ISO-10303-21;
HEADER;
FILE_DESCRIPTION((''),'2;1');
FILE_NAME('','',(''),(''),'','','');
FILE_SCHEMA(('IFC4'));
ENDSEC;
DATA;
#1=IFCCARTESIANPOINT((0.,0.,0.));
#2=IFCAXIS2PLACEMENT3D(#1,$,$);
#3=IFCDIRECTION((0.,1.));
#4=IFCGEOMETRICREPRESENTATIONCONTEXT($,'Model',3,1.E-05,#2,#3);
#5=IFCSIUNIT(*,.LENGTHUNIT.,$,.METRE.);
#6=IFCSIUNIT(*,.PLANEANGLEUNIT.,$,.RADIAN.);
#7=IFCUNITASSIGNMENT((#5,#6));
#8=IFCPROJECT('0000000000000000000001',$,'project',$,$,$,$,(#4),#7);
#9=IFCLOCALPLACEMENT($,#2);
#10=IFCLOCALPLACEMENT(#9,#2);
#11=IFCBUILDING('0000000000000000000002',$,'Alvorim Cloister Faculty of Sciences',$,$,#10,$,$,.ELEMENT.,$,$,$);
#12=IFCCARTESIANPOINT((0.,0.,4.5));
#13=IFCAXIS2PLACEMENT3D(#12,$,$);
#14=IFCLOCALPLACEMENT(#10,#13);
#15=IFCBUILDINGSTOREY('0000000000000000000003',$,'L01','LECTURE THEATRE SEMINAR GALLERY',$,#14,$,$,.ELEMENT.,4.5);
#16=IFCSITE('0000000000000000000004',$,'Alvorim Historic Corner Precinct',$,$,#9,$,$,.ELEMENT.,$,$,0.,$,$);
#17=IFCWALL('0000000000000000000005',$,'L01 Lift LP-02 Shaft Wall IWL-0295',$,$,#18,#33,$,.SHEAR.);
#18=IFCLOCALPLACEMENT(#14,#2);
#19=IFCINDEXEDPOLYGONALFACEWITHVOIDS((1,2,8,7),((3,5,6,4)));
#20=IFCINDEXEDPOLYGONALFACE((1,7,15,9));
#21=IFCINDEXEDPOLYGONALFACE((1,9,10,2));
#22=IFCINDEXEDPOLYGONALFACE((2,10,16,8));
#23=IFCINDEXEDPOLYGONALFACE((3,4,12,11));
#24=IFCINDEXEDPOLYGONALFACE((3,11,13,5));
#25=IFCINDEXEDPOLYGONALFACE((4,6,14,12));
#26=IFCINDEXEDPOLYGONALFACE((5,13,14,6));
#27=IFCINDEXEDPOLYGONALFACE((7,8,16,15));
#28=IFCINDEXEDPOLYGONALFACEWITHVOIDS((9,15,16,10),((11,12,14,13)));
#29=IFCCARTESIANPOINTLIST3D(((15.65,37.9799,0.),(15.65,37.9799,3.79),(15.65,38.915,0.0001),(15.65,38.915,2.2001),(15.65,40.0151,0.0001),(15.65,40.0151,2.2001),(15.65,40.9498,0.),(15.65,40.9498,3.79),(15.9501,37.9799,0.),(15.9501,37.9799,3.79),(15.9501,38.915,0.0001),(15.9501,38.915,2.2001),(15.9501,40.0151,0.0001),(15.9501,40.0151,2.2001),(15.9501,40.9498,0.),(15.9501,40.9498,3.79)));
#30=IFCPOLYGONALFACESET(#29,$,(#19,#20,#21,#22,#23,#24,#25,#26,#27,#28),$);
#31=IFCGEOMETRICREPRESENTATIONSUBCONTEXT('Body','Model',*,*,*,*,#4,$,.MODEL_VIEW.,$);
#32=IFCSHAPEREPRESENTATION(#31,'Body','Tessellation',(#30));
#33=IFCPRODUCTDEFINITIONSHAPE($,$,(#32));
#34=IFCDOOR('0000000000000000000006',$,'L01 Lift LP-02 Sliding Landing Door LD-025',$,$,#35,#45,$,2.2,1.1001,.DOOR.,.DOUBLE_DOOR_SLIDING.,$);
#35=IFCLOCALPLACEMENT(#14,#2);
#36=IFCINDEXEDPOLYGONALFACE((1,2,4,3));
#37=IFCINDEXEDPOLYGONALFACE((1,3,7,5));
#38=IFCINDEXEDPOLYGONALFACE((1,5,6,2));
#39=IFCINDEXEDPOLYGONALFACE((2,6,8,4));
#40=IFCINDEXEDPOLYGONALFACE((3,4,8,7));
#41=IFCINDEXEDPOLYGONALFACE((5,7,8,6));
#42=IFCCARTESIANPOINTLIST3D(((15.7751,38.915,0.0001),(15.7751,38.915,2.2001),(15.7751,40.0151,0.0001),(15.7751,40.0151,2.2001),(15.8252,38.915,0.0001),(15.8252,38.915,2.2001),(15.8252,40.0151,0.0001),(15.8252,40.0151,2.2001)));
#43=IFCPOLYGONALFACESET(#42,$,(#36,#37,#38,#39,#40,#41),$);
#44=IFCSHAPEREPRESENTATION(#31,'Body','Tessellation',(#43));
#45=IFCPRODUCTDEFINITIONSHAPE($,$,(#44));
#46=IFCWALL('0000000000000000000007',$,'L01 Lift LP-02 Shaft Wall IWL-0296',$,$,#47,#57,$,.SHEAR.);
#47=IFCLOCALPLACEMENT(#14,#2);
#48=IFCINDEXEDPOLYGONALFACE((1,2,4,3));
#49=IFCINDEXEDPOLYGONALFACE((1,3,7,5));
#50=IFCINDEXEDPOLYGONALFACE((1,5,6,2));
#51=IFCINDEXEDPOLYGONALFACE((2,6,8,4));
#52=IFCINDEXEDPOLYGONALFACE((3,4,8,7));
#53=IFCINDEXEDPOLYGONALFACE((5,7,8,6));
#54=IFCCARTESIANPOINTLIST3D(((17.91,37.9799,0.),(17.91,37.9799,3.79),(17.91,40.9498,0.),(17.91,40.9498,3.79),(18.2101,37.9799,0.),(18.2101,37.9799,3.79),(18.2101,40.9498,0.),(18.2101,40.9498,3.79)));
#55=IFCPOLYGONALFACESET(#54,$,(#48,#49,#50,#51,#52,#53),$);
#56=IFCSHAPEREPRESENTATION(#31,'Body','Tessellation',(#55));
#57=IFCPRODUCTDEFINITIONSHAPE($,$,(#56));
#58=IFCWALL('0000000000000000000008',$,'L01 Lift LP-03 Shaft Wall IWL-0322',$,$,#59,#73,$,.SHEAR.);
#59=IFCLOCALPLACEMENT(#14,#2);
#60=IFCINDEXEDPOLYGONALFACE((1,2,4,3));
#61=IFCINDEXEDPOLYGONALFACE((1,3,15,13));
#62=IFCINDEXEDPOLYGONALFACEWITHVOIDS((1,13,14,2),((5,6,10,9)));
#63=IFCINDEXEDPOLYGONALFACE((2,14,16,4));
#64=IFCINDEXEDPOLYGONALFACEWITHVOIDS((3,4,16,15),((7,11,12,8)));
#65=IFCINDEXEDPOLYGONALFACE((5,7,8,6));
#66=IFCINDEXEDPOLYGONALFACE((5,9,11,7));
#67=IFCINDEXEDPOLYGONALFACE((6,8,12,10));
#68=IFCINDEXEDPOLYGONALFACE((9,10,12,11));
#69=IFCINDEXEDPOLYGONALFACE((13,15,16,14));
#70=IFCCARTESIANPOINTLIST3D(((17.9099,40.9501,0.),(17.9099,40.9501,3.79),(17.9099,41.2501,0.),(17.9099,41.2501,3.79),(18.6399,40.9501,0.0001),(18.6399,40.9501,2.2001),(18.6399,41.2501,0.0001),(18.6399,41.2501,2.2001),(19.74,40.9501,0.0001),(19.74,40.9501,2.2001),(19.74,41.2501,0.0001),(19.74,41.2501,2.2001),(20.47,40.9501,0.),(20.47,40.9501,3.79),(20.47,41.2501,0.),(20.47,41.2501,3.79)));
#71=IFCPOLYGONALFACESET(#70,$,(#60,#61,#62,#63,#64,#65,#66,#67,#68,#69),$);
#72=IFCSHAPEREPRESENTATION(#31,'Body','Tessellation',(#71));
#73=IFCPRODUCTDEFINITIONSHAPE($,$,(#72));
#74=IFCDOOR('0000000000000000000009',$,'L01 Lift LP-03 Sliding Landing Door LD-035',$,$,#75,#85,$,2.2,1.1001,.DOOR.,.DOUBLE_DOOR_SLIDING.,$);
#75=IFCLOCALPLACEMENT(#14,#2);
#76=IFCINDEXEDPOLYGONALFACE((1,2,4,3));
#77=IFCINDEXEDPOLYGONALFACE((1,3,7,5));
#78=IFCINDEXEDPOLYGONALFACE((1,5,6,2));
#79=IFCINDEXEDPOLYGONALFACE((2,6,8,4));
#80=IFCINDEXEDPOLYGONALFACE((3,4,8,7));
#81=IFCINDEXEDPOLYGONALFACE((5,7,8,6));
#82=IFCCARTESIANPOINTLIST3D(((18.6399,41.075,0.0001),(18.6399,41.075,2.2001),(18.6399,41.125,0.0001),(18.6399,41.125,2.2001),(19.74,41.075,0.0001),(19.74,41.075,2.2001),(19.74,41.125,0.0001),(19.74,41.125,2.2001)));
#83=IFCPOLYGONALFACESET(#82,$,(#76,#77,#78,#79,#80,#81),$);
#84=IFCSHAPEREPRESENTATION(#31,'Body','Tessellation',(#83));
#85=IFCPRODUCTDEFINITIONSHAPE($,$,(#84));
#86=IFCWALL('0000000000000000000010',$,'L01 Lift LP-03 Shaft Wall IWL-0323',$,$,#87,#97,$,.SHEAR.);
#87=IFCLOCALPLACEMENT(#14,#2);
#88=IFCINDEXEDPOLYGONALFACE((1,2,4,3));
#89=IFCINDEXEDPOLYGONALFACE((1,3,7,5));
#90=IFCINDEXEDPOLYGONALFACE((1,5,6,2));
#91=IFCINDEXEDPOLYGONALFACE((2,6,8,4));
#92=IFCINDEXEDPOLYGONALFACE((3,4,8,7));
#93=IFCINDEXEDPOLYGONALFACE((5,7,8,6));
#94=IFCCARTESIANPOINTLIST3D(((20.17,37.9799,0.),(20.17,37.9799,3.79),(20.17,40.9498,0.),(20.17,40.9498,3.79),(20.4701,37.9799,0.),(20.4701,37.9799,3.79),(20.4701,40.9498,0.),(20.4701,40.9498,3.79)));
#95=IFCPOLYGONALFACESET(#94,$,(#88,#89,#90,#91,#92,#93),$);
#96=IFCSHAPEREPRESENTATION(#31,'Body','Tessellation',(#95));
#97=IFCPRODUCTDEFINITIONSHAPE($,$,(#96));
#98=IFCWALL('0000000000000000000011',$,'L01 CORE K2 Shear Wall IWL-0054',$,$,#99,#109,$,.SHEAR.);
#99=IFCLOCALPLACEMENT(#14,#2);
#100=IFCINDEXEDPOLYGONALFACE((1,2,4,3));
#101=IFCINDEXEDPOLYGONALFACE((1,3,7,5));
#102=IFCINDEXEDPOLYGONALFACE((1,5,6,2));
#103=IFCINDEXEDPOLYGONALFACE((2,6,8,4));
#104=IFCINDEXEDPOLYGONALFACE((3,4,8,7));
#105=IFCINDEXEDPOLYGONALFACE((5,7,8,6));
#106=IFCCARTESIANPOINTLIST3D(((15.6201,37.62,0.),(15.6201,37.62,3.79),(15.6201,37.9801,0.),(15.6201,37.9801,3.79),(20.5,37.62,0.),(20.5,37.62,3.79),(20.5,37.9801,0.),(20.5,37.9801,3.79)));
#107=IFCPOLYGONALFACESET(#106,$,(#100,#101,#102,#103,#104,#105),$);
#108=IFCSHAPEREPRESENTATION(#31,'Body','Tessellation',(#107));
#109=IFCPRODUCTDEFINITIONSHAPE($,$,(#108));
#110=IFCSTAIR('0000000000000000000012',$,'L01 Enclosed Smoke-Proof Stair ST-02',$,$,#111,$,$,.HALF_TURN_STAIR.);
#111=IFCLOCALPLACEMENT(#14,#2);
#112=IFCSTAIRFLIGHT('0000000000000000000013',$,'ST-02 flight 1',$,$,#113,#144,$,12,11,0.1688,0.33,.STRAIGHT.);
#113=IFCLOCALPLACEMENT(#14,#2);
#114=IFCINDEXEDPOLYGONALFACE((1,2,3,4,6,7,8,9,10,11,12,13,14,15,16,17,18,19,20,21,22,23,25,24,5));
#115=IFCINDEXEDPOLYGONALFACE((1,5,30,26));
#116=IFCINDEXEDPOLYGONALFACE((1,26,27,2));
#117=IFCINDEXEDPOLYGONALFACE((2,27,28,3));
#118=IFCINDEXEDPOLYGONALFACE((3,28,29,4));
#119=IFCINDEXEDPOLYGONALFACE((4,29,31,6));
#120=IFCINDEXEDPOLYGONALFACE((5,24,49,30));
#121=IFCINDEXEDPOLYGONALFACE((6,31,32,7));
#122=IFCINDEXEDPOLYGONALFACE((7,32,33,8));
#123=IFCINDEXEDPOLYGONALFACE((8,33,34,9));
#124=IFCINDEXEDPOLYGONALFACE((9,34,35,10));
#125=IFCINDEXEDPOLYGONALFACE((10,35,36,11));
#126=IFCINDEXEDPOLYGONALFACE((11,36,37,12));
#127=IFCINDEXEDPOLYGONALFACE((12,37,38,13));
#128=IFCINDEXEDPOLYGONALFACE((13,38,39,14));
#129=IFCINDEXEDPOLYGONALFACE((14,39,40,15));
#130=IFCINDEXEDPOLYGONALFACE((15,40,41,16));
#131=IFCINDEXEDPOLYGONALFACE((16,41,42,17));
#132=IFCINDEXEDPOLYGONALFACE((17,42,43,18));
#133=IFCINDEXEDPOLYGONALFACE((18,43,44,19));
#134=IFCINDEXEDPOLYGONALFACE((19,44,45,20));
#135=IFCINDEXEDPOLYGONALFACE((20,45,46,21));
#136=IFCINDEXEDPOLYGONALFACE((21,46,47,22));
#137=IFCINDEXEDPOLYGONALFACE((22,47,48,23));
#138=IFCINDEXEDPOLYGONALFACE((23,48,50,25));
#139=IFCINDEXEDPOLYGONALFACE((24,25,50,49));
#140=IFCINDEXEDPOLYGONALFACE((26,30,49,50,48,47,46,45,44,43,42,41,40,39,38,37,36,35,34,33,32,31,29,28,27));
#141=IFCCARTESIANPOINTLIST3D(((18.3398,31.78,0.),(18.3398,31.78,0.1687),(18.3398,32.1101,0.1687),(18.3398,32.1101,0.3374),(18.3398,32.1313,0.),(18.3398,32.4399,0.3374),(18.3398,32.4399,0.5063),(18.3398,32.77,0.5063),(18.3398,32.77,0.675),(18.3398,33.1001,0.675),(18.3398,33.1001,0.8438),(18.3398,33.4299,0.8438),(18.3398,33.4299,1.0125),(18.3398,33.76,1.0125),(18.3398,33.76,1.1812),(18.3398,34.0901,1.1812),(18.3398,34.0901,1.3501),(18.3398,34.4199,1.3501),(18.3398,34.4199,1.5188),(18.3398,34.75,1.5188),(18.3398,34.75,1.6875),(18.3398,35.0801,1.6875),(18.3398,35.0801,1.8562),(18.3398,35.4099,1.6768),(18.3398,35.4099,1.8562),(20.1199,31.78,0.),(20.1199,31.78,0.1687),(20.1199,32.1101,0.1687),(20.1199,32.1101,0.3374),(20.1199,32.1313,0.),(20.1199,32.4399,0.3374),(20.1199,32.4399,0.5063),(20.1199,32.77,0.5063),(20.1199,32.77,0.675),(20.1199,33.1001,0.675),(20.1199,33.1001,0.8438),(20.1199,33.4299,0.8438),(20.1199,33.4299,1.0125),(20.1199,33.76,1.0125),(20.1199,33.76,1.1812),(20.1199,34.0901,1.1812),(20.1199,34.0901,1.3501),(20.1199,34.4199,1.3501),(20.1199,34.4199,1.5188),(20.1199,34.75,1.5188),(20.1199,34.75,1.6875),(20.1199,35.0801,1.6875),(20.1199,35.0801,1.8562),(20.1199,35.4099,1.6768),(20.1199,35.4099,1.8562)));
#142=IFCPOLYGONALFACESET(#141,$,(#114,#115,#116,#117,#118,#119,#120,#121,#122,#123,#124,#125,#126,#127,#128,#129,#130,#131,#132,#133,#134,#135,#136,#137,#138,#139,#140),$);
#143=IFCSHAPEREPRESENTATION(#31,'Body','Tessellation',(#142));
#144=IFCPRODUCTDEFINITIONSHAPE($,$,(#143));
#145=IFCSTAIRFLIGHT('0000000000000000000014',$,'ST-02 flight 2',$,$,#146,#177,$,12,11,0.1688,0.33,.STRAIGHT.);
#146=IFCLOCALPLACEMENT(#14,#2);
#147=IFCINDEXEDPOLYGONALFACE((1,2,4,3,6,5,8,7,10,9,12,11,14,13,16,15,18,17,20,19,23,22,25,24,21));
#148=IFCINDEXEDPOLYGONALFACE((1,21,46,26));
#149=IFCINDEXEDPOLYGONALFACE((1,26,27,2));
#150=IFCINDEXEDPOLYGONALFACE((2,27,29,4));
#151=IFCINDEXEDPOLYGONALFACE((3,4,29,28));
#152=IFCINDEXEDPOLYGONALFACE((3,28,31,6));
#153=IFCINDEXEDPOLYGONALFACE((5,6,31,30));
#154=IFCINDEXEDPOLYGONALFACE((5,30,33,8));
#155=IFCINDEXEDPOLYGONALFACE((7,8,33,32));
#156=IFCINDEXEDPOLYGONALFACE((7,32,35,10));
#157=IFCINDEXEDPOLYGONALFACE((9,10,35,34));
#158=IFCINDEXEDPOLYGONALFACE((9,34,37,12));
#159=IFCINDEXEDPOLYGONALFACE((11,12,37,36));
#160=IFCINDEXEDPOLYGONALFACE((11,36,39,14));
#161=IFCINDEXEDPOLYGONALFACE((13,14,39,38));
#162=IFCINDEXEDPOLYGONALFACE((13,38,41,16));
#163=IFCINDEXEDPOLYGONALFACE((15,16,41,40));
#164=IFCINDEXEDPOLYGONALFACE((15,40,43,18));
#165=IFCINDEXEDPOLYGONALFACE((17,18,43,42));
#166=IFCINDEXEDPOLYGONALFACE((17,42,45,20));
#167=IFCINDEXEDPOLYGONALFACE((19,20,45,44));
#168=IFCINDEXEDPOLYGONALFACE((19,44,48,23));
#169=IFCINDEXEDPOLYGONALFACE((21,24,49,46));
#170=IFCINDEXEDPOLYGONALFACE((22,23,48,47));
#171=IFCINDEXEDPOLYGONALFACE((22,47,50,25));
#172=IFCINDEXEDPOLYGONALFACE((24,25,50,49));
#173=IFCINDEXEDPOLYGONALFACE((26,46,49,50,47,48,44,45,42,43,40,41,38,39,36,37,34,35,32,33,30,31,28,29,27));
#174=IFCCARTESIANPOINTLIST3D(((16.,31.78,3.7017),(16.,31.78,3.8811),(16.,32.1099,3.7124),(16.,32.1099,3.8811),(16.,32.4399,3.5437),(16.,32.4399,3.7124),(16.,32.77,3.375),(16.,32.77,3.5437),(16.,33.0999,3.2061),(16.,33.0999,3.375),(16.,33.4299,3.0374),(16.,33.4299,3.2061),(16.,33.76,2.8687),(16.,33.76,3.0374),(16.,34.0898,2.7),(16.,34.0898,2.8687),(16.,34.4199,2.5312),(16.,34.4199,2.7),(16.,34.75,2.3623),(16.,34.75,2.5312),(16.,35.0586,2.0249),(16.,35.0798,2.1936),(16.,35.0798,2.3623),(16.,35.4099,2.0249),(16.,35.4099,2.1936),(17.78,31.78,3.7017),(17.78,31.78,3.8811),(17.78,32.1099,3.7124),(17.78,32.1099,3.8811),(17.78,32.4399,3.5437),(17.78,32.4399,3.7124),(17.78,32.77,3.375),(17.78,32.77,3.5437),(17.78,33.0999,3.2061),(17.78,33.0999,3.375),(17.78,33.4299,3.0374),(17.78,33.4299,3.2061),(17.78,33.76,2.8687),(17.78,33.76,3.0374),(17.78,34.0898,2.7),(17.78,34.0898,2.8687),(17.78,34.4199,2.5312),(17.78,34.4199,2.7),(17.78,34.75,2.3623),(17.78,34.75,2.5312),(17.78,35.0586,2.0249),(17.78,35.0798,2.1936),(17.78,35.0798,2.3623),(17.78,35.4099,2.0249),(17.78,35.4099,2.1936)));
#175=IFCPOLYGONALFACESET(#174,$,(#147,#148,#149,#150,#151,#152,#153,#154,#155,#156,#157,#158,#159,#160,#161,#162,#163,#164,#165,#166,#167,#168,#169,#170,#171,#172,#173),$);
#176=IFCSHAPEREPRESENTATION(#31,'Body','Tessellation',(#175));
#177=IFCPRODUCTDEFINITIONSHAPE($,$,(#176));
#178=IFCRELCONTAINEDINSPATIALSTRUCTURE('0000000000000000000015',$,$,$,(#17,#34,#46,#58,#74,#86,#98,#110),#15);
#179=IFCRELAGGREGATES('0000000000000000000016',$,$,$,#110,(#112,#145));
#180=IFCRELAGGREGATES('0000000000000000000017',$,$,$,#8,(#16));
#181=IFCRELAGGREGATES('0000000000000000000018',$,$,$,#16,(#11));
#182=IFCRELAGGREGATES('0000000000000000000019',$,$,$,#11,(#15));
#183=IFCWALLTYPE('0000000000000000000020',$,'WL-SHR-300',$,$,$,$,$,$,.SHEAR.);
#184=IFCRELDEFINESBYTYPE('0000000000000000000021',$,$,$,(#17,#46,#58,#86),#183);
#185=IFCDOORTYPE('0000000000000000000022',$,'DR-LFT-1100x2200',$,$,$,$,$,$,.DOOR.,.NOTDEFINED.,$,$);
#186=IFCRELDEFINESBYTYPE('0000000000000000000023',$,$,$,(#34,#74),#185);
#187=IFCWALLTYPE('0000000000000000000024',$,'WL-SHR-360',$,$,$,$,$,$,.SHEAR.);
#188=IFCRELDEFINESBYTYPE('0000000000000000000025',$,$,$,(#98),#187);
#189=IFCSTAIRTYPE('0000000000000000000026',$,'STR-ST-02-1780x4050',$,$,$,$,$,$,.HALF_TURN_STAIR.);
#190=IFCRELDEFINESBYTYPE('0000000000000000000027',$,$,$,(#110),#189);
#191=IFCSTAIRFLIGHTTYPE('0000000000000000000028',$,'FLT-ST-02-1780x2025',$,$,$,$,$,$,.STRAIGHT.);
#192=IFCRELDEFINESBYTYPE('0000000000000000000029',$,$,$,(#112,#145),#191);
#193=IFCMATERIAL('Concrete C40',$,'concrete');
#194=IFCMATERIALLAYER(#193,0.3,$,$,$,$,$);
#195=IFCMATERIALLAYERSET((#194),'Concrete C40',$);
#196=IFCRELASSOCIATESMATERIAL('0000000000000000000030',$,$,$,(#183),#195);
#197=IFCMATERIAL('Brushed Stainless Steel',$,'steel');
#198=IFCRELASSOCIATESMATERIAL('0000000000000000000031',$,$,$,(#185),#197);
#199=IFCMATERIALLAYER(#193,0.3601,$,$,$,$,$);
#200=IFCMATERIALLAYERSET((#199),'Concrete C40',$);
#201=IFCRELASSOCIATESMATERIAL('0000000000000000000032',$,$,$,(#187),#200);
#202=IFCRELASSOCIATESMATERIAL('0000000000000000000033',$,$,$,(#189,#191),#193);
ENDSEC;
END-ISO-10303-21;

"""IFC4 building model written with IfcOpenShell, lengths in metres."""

from ifc_helpers import new_model, si_unit, direction, frame, frame_2d, origin, place, context, subcontext, project, spatial, polyline, rectangle, outline, extrude, material, layer, layer_set, type_object, element, fill, aggregate, save


model = new_model("IFC4")

# Units and contexts
model_context = context("Model", 3, precision=1e-05, world=origin(), true_north=direction((0.0, 1.0)))
body_context = subcontext(model_context, "Body", "Model", "MODEL_VIEW")
ifc_project = project(units=[si_unit("LENGTHUNIT", "METRE"), si_unit("PLANEANGLEUNIT", "RADIAN")], contexts=[model_context])

# Site, building, storey
site_placement = place(None, origin())
site = spatial("IfcSite", under=ifc_project, at=site_placement, Name="Alvorim Historic Corner Precinct", CompositionType="ELEMENT", RefElevation=0.0)
building_placement = place(site_placement, origin())
building = spatial("IfcBuilding", under=site, at=building_placement, Name="Alvorim Cloister Faculty of Sciences", CompositionType="ELEMENT")
storey_placement = place(building_placement, frame((0.0, 0.0, 4.5)))
storey = spatial("IfcBuildingStorey", under=building, at=storey_placement, Name="L01", Description="LECTURE THEATRE SEMINAR GALLERY", CompositionType="ELEMENT", Elevation=4.5)

# Shared definitions
ifc_material_1 = material(Name="Concrete C40", Category="concrete")

# Shared definitions
ifc_layer_1 = layer(ifc_material_1, 0.3)
ifc_layer_set_1 = layer_set([ifc_layer_1], Name="Concrete C40")
wall_type_1 = type_object("IfcWallType", Name="WL-SHR-300", PredefinedType="SHEAR", material=ifc_layer_set_1)

# Wall, opening, door
wall_1_placement = place(storey_placement, frame((15.8, 37.98, 0.0), z_axis=(0.0, 0.0, 1.0), x_axis=(0.0, 1.0, 0.0)))
wall_1 = element("IfcWall", 1, at=wall_1_placement, inside=storey, type_object=wall_type_1, Name="L01 Lift LP-02 Shaft Wall IWL-0295", PredefinedType="SHEAR", context=body_context, shape_type="SweptSolid", body=[
    extrude(rectangle(XDim=2.97, YDim=0.3, at=frame_2d((1.4849, 0.0))), origin(), (0.0, 0.0, 1.0), 3.79),
])
opening_1_placement = place(wall_1_placement, frame((0.9351, 0.0, 0.0)))
opening_1 = element("IfcOpeningElement", 2, at=opening_1_placement, cuts=wall_1, PredefinedType="OPENING", context=body_context, shape_type="SweptSolid", body=[
    extrude(rectangle(XDim=1.1001, YDim=2.2, at=frame_2d((0.55, 1.1001))), frame((0.0, 0.1621, 0.0), z_axis=(0.0, -1.0, 0.0), x_axis=(1.0, 0.0, 0.0)), (0.0, 0.0, 1.0), 0.324),
])
ifc_material_2 = material(Name="Brushed Stainless Steel", Category="steel")
door_type_1 = type_object("IfcDoorType", Name="DR-LFT-1100x2200", OperationType="NOTDEFINED", PredefinedType="DOOR", material=ifc_material_2)
door_1_placement = place(opening_1_placement, origin())
door_1 = element("IfcDoor", 3, at=door_1_placement, inside=storey, type_object=door_type_1, Name="L01 Lift LP-02 Sliding Landing Door LD-025", OperationType="DOUBLE_DOOR_SLIDING", OverallHeight=2.2, OverallWidth=1.1001, PredefinedType="DOOR", context=body_context, shape_type="SweptSolid", body=[
    extrude(rectangle(XDim=1.1001, YDim=2.2, at=frame_2d((0.55, 1.1001))), frame((0.0, 0.0249, 0.0), z_axis=(0.0, -1.0, 0.0), x_axis=(1.0, 0.0, 0.0)), (0.0, 0.0, 1.0), 0.05),
])
fill(opening_1, door_1)

# Wall
wall_2_placement = place(storey_placement, frame((18.0601, 37.98, 0.0), z_axis=(0.0, 0.0, 1.0), x_axis=(0.0, 1.0, 0.0)))
element("IfcWall", 4, at=wall_2_placement, inside=storey, type_object=wall_type_1, Name="L01 Lift LP-02 Shaft Wall IWL-0296", PredefinedType="SHEAR", context=body_context, shape_type="SweptSolid", body=[
    extrude(rectangle(XDim=2.97, YDim=0.3, at=frame_2d((1.4849, 0.0))), origin(), (0.0, 0.0, 1.0), 3.79),
])

# Wall, opening, door
wall_3_placement = place(storey_placement, frame((17.9099, 41.1001, 0.0), z_axis=(0.0, 0.0, 1.0), x_axis=(1.0, 0.0, 0.0)))
wall_3 = element("IfcWall", 5, at=wall_3_placement, inside=storey, type_object=wall_type_1, Name="L01 Lift LP-03 Shaft Wall IWL-0322", PredefinedType="SHEAR", context=body_context, shape_type="SweptSolid", body=[
    extrude(rectangle(XDim=2.5601, YDim=0.3, at=frame_2d((1.28, 0.0))), origin(), (0.0, 0.0, 1.0), 3.79),
])
opening_2_placement = place(wall_3_placement, frame((0.73, 0.0, 0.0)))
opening_2 = element("IfcOpeningElement", 6, at=opening_2_placement, cuts=wall_3, PredefinedType="OPENING", context=body_context, shape_type="SweptSolid", body=[
    extrude(rectangle(XDim=1.1001, YDim=2.2, at=frame_2d((0.55, 1.1001))), frame((0.0, 0.1621, 0.0), z_axis=(0.0, -1.0, 0.0), x_axis=(1.0, 0.0, 0.0)), (0.0, 0.0, 1.0), 0.324),
])
door_2_placement = place(opening_2_placement, origin())
door_2 = element("IfcDoor", 7, at=door_2_placement, inside=storey, type_object=door_type_1, Name="L01 Lift LP-03 Sliding Landing Door LD-035", OperationType="DOUBLE_DOOR_SLIDING", OverallHeight=2.2, OverallWidth=1.1001, PredefinedType="DOOR", context=body_context, shape_type="SweptSolid", body=[
    extrude(rectangle(XDim=1.1001, YDim=2.2, at=frame_2d((0.55, 1.1001))), frame((0.0, 0.0249, 0.0), z_axis=(0.0, -1.0, 0.0), x_axis=(1.0, 0.0, 0.0)), (0.0, 0.0, 1.0), 0.05),
])
fill(opening_2, door_2)

# Walls
wall_4_placement = place(storey_placement, frame((20.3201, 37.98, 0.0), z_axis=(0.0, 0.0, 1.0), x_axis=(0.0, 1.0, 0.0)))
element("IfcWall", 8, at=wall_4_placement, inside=storey, type_object=wall_type_1, Name="L01 Lift LP-03 Shaft Wall IWL-0323", PredefinedType="SHEAR", context=body_context, shape_type="SweptSolid", body=[
    extrude(rectangle(XDim=2.97, YDim=0.3, at=frame_2d((1.4849, 0.0))), origin(), (0.0, 0.0, 1.0), 3.79),
])
ifc_layer_2 = layer(ifc_material_1, 0.3601)
ifc_layer_set_2 = layer_set([ifc_layer_2], Name="Concrete C40")
wall_type_2 = type_object("IfcWallType", Name="WL-SHR-360", PredefinedType="SHEAR", material=ifc_layer_set_2)
wall_5_placement = place(storey_placement, frame((15.6201, 37.8, 0.0), z_axis=(0.0, 0.0, 1.0), x_axis=(1.0, 0.0, 0.0)))
element("IfcWall", 9, at=wall_5_placement, inside=storey, type_object=wall_type_2, Name="L01 CORE K2 Shear Wall IWL-0054", PredefinedType="SHEAR", context=body_context, shape_type="SweptSolid", body=[
    extrude(rectangle(XDim=4.8799, YDim=0.3601, at=frame_2d((2.4399, 0.0))), origin(), (0.0, 0.0, 1.0), 3.79),
])

# Stair, stair flights
stair_type = type_object("IfcStairType", Name="STR-ST-02-1780x4050", PredefinedType="HALF_TURN_STAIR", material=ifc_material_1)
stair_placement = place(storey_placement, origin())
stair = element("IfcStair", 10, at=stair_placement, inside=storey, type_object=stair_type, Name="L01 Enclosed Smoke-Proof Stair ST-02", PredefinedType="HALF_TURN_STAIR")
stair_flight_type = type_object("IfcStairFlightType", Name="FLT-ST-02-1780x2025", PredefinedType="STRAIGHT", material=ifc_material_1)
stair_flight_1_placement = place(storey_placement, frame((19.23, 31.78, 0.0), z_axis=(0.0, 0.0, 1.0), x_axis=(0.0, 1.0, 0.0)))
stair_flight_1 = element("IfcStairFlight", 11, at=stair_flight_1_placement, type_object=stair_flight_type, Name="ST-02 flight 1", NumberOfRisers=12, NumberOfTreads=11, PredefinedType="STRAIGHT", RiserHeight=0.1688, TreadLength=0.33, context=body_context, shape_type="SweptSolid", body=[
    extrude(outline(polyline([(0.3513, 0.0), (3.6299, 1.6768), (3.6299, 2.0249), (3.6299, 1.8562), (3.3, 1.8562), (3.3, 1.6875), (2.97, 1.6875), (2.97, 1.5188), (2.6399, 1.5188), (2.6399, 1.3501), (2.3101, 1.3501), (2.3101, 1.1812), (1.98, 1.1812), (1.98, 1.0125), (1.6499, 1.0125), (1.6499, 0.8438), (1.3201, 0.8438), (1.3201, 0.675), (0.99, 0.675), (0.99, 0.5063), (0.6599, 0.5063), (0.6599, 0.3374), (0.3301, 0.3374), (0.3301, 0.1687), (0.0, 0.1687), (0.0, 0.0), (0.3513, 0.0)])), frame((0.0, 0.8901, 0.0), z_axis=(0.0, -1.0, 0.0), x_axis=(1.0, 0.0, 0.0)), (0.0, 0.0, 1.0), 1.78),
])
stair_flight_2_placement = place(storey_placement, frame((16.8899, 35.4099, 2.0249), z_axis=(0.0, 0.0, 1.0), x_axis=(0.0, -1.0, 0.0)))
stair_flight_2 = element("IfcStairFlight", 12, at=stair_flight_2_placement, type_object=stair_flight_type, Name="ST-02 flight 2", NumberOfRisers=12, NumberOfTreads=11, PredefinedType="STRAIGHT", RiserHeight=0.1688, TreadLength=0.33, context=body_context, shape_type="SweptSolid", body=[
    extrude(outline(polyline([(0.3513, 0.0), (3.6299, 1.6768), (3.6299, 2.0249), (3.6299, 1.8562), (3.3, 1.8562), (3.3, 1.6875), (2.97, 1.6875), (2.97, 1.5188), (2.6399, 1.5188), (2.6399, 1.3501), (2.3101, 1.3501), (2.3101, 1.1812), (1.98, 1.1812), (1.98, 1.0125), (1.6499, 1.0125), (1.6499, 0.8438), (1.3201, 0.8438), (1.3201, 0.675), (0.99, 0.675), (0.99, 0.5063), (0.6599, 0.5063), (0.6599, 0.3374), (0.3301, 0.3374), (0.3301, 0.1687), (0.0, 0.1687), (0.0, 0.0), (0.3513, 0.0)])), frame((0.0, 0.8901, 0.0), z_axis=(0.0, -1.0, 0.0), x_axis=(1.0, 0.0, 0.0)), (0.0, 0.0, 1.0), 1.78),
])
aggregate(stair, [stair_flight_1, stair_flight_2])

save(model, "model.ifc")
